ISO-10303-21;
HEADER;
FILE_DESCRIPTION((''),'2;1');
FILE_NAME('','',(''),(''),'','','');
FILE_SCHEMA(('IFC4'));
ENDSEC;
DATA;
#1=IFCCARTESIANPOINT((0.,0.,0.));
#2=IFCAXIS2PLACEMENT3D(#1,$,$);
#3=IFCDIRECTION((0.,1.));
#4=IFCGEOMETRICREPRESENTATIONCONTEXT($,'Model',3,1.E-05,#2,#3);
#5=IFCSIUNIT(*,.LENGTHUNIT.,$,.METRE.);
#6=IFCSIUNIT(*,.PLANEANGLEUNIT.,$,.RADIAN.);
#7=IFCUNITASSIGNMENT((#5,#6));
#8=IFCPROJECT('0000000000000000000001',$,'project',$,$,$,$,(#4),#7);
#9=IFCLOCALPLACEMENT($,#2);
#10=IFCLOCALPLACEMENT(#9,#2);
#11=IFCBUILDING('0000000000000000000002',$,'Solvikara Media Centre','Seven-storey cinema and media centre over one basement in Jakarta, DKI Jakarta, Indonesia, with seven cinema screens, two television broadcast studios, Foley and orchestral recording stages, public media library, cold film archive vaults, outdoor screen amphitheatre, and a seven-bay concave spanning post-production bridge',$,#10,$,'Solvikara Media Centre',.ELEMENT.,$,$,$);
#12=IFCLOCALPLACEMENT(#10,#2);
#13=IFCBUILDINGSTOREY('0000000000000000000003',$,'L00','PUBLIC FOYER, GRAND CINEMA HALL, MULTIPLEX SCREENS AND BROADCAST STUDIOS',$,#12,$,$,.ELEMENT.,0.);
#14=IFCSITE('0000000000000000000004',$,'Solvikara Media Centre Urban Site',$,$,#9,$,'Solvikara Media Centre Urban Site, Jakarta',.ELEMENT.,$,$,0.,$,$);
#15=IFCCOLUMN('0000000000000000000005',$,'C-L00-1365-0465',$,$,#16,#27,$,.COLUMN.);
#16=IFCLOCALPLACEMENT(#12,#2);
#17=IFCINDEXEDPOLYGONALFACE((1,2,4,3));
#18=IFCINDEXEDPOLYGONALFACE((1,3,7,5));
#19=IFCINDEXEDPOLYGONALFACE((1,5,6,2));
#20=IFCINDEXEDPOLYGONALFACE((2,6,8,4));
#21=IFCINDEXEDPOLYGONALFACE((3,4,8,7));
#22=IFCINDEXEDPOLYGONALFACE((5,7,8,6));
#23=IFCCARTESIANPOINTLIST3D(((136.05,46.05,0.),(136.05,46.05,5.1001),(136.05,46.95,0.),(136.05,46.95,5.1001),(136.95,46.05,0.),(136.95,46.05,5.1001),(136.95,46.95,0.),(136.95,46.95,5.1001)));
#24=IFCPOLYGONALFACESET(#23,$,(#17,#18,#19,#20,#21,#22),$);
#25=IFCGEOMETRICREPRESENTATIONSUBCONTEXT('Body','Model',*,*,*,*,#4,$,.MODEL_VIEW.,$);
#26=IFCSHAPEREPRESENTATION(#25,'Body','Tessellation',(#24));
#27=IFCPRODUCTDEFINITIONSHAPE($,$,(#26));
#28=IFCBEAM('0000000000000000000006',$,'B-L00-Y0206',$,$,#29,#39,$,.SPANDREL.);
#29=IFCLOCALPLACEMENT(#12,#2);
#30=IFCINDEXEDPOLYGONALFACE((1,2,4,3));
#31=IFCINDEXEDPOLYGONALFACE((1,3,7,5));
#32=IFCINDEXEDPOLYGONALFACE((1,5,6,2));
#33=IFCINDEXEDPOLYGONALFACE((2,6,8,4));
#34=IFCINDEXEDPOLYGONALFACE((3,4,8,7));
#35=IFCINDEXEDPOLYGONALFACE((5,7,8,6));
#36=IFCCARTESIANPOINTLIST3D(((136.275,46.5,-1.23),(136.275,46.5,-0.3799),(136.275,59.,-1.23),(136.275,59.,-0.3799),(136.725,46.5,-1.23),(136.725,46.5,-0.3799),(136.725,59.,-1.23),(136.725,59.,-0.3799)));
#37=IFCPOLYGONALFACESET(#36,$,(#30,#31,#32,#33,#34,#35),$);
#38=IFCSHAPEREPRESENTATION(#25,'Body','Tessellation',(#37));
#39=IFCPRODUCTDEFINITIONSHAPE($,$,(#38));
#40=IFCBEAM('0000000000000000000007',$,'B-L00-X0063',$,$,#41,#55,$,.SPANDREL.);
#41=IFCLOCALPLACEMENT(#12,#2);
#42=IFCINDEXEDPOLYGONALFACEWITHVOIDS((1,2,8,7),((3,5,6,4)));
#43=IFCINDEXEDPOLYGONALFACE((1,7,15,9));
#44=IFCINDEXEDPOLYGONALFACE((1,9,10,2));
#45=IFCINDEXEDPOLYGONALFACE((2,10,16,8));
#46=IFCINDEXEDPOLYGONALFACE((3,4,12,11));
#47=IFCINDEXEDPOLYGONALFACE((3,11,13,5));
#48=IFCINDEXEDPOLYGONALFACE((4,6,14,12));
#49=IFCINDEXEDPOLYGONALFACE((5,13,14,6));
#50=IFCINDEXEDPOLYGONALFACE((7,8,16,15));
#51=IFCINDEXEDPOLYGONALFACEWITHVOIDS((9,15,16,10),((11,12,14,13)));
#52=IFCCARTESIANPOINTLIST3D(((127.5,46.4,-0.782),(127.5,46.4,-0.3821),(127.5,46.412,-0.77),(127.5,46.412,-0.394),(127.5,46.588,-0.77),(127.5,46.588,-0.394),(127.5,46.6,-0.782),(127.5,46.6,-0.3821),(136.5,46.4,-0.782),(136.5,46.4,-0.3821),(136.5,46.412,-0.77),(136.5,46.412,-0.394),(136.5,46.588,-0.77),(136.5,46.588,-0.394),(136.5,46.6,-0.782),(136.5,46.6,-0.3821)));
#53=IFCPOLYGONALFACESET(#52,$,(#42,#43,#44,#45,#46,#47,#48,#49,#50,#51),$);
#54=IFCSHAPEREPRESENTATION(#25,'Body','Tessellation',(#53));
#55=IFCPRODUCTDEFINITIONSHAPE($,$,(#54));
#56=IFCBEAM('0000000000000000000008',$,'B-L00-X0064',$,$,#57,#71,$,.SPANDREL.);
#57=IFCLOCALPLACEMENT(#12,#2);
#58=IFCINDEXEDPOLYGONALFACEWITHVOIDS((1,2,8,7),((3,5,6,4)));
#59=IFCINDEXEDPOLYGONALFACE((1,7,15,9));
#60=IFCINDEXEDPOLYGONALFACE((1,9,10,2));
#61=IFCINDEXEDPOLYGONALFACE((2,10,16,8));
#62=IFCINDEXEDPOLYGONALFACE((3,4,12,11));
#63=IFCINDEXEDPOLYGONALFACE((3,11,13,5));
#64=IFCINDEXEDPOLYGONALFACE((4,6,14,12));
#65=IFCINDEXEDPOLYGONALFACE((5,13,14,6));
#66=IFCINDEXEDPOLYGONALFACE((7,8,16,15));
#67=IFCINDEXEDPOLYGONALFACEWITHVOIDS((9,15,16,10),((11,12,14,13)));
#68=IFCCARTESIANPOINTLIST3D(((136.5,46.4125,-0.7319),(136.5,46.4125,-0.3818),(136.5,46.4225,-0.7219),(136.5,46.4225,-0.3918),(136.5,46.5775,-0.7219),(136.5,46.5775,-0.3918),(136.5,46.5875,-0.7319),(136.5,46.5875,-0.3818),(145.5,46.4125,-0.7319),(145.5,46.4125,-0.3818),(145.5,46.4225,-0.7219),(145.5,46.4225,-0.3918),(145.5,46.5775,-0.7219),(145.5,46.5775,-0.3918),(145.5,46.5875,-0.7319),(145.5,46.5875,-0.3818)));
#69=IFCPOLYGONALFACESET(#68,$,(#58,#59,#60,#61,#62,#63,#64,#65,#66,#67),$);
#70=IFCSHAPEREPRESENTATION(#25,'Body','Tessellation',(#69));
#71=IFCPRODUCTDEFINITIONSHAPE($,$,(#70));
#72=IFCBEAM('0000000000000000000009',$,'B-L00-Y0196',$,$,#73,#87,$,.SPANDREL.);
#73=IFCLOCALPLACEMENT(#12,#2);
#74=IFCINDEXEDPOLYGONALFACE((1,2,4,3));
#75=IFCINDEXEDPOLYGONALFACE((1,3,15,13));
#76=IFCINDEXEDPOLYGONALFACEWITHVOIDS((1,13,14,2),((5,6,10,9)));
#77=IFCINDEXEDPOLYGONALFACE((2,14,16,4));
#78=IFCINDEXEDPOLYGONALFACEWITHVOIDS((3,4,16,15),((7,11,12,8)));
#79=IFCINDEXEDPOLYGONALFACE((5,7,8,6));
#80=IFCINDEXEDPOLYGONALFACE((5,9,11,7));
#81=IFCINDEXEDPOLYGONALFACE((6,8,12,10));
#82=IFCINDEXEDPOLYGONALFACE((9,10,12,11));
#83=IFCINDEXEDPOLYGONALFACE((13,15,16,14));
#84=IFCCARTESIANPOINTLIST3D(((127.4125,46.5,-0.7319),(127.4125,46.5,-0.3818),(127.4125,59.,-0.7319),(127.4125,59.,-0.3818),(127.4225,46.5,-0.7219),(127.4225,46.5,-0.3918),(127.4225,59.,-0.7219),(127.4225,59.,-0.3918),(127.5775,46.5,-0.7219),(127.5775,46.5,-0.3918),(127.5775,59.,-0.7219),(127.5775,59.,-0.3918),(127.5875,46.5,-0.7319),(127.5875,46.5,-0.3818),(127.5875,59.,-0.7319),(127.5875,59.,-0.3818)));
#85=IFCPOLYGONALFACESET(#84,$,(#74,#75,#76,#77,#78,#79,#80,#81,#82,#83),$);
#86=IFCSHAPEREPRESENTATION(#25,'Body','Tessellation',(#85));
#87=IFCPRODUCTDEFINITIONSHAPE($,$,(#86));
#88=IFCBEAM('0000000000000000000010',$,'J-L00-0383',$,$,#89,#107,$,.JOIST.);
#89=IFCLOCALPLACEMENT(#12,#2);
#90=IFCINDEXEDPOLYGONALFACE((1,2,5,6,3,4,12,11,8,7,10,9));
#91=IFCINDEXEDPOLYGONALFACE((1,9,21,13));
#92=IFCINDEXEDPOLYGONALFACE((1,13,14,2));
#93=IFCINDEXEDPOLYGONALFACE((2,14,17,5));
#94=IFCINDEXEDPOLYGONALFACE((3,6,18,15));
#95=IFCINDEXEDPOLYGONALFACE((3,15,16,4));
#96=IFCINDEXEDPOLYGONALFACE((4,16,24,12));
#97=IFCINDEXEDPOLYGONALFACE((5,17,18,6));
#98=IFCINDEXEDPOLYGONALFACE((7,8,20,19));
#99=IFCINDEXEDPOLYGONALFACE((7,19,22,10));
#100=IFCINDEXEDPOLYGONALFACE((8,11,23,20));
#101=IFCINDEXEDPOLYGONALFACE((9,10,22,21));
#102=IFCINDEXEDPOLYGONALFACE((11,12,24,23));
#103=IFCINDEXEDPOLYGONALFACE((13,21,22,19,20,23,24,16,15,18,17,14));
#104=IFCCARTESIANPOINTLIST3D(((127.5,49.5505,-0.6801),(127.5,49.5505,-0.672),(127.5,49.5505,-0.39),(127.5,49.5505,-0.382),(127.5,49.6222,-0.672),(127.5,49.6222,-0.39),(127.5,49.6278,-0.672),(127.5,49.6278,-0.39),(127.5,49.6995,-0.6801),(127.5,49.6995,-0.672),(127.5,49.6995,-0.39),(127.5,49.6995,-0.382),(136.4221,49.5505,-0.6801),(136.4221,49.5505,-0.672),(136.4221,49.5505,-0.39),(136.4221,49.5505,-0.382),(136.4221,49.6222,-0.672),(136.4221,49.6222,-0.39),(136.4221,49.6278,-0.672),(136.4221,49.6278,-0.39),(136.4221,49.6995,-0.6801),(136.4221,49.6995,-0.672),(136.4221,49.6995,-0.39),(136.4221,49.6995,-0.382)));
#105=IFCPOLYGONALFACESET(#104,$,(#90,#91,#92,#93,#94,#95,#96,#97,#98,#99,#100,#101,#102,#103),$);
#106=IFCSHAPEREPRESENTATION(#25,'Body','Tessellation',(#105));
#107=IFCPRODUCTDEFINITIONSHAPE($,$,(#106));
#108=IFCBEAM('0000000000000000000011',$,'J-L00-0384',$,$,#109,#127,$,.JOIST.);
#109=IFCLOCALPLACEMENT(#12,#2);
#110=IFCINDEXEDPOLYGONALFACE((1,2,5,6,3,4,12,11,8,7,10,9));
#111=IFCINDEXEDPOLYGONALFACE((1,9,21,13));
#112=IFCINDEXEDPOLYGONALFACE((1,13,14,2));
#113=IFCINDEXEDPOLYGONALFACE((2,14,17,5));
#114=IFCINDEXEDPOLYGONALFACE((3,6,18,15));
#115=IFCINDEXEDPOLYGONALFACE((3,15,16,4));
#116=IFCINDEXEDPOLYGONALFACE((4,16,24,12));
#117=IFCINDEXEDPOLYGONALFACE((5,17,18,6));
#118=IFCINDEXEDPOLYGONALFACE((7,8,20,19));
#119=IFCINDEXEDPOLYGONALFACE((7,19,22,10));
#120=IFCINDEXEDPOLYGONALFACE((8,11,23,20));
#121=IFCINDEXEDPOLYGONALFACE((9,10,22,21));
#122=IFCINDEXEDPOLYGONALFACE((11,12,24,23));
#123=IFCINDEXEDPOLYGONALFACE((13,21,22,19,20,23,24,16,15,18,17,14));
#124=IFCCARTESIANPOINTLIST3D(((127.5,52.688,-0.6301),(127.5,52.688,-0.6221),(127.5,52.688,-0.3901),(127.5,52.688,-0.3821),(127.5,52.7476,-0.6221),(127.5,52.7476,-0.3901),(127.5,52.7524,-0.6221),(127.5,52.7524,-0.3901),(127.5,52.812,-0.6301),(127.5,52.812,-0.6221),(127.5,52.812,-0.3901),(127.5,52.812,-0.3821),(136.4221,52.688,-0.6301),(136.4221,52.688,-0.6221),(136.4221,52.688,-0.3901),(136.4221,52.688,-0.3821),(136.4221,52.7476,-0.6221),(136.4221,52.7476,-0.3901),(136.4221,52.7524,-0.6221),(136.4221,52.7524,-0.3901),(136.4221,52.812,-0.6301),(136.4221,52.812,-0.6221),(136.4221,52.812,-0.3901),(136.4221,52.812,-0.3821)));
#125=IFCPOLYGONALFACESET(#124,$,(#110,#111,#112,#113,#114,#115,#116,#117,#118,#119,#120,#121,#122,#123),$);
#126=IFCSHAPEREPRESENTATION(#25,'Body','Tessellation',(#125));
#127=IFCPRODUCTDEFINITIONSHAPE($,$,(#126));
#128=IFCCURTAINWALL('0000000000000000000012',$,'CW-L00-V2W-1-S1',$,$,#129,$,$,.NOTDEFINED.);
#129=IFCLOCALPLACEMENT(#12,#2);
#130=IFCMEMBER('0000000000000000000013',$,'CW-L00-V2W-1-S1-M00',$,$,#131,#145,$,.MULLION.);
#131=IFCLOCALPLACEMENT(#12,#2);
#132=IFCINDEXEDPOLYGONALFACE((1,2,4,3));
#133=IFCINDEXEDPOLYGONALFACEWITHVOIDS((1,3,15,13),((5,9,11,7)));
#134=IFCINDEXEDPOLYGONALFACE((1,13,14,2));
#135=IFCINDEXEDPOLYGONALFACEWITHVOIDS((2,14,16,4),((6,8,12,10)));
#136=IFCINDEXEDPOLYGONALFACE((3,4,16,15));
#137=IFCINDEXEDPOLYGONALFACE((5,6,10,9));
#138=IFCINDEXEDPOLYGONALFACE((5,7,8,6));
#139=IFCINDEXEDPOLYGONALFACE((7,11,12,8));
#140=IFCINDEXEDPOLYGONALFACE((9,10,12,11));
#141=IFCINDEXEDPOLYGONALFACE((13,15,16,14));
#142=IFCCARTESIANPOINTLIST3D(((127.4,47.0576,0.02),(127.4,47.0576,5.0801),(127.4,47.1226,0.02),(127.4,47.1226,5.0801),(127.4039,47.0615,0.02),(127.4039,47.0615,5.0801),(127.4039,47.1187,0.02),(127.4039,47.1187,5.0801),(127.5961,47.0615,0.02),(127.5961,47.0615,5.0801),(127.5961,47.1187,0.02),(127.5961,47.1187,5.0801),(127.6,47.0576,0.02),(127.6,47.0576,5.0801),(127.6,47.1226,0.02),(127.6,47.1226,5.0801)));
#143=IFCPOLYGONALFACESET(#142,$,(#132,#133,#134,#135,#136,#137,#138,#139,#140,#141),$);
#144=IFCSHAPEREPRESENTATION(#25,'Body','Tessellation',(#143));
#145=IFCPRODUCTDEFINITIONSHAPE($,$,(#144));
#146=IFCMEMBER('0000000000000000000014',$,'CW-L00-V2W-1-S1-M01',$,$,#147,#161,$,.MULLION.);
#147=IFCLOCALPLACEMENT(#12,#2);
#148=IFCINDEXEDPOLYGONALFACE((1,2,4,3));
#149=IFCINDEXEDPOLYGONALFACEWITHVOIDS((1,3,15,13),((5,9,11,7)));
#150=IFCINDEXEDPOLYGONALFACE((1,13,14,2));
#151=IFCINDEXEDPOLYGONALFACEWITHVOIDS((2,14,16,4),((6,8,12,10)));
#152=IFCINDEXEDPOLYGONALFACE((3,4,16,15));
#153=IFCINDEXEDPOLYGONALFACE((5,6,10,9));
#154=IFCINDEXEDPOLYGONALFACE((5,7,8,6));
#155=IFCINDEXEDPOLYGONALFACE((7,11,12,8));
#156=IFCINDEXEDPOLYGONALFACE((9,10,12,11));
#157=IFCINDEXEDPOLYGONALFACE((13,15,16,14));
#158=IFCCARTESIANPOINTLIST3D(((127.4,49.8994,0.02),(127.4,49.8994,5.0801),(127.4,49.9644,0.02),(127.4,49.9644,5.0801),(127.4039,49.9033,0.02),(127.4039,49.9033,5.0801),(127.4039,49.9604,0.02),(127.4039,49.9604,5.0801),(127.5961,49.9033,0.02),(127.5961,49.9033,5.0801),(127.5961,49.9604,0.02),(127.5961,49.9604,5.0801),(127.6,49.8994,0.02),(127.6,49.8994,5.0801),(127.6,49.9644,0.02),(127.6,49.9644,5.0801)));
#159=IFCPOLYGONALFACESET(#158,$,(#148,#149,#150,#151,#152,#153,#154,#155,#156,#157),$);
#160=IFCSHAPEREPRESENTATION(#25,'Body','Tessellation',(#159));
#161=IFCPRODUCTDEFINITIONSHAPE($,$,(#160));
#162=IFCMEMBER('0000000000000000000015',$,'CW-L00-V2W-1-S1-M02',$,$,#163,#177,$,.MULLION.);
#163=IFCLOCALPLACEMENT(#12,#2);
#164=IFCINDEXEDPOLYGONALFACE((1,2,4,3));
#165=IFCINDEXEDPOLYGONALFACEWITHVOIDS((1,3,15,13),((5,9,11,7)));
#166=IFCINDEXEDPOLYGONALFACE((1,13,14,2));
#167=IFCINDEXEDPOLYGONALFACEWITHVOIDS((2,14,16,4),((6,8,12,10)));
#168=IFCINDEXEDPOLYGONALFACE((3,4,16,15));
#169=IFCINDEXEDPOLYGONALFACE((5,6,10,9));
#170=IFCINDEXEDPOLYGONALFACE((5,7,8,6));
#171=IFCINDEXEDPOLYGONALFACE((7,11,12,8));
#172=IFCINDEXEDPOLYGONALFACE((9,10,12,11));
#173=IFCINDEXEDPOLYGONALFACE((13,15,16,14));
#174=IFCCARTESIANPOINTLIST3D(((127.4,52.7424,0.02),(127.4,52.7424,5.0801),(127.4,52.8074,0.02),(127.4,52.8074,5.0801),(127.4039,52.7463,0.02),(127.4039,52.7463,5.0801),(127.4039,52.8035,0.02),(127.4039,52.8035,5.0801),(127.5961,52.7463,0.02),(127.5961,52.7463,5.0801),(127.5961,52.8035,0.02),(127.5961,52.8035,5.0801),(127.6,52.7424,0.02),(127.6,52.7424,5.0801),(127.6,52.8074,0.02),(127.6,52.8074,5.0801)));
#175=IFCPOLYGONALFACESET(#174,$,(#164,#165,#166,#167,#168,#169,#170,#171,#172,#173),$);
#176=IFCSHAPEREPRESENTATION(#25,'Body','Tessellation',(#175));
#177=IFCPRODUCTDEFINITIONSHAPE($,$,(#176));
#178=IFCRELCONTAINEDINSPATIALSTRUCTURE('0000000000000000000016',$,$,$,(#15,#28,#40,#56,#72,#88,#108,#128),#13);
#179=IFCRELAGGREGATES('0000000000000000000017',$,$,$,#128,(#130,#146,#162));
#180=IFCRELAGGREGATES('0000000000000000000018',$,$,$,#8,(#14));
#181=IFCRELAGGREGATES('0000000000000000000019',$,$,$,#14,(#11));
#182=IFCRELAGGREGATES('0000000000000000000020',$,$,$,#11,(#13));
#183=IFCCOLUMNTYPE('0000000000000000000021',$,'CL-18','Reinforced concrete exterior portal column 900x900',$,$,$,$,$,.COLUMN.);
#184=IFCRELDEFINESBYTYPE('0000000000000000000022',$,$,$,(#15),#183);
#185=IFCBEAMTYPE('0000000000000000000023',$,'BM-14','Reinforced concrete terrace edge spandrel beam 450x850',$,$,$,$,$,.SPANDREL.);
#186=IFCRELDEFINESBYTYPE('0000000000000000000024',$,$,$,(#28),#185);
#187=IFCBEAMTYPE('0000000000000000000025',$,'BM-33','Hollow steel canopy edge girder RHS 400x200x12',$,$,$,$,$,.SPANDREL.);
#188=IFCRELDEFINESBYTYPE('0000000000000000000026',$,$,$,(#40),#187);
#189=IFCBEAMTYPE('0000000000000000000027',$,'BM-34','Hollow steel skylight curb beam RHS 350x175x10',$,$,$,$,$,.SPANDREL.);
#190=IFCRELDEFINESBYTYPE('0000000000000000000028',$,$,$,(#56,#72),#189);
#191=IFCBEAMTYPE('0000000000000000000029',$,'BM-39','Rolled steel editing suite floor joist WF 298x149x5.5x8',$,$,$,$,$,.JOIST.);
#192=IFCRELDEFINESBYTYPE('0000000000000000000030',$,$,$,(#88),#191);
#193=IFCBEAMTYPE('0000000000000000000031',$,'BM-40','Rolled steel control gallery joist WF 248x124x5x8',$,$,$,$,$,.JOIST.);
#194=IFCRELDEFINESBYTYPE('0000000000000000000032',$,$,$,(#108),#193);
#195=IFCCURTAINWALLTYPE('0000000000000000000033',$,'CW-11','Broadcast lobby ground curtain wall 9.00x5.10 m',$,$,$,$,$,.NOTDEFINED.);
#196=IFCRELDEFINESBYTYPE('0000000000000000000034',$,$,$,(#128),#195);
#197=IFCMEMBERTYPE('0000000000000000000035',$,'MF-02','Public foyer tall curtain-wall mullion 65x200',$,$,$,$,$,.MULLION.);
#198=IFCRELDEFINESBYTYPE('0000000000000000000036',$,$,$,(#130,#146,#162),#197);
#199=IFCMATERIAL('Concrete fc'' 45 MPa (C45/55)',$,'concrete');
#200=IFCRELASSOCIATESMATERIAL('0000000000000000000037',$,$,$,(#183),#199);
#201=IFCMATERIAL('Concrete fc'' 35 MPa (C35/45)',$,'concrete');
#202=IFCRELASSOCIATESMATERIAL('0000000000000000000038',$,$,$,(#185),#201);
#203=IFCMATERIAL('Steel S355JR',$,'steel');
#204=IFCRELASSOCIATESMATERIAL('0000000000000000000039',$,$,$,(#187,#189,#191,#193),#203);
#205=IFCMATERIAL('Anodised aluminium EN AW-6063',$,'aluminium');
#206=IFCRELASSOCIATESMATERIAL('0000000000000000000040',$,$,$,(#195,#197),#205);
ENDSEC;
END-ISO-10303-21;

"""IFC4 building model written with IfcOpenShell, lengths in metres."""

from ifc_helpers import new_model, si_unit, direction, frame, origin, origin_2d, place, context, subcontext, project, spatial, rectangle, hollow_rectangle, i_section, extrude, material, material_profile, profile_set, type_object, element, aggregate, save


model = new_model("IFC4")

# Units and contexts
model_context = context("Model", 3, precision=1e-05, world=origin(), true_north=direction((0.0, 1.0)))
body_context = subcontext(model_context, "Body", "Model", "MODEL_VIEW")
ifc_project = project(units=[si_unit("LENGTHUNIT", "METRE"), si_unit("PLANEANGLEUNIT", "RADIAN")], contexts=[model_context])

# Site, building, storey
site_placement = place(None, origin())
site = spatial("IfcSite", under=ifc_project, at=site_placement, Name="Solvikara Media Centre Urban Site", LongName="Solvikara Media Centre Urban Site, Jakarta", CompositionType="ELEMENT", RefElevation=0.0)
building_placement = place(site_placement, origin())
building = spatial("IfcBuilding", under=site, at=building_placement, Name="Solvikara Media Centre", Description="Seven-storey cinema and media centre over one basement in Jakarta, DKI Jakarta, Indonesia, with seven cinema screens, two television broadcast studios, Foley and orchestral recording stages, public media library, cold film archive vaults, outdoor screen amphitheatre, and a seven-bay concave spanning post-production bridge", LongName="Solvikara Media Centre", CompositionType="ELEMENT")
storey_placement = place(building_placement, origin())
storey = spatial("IfcBuildingStorey", under=building, at=storey_placement, Name="L00", Description="PUBLIC FOYER, GRAND CINEMA HALL, MULTIPLEX SCREENS AND BROADCAST STUDIOS", CompositionType="ELEMENT", Elevation=0.0)

# Column
ifc_material_1 = material(Name="Concrete fc' 45 MPa (C45/55)", Category="concrete")
ifc_material_profile_1 = material_profile(ifc_material_1, rectangle(XDim=0.8999, YDim=0.8999, at=origin_2d()), Name="RC 900x900")
ifc_profile_set_1 = profile_set([ifc_material_profile_1], Name="Concrete fc' 45 MPa (C45/55)")
column_type = type_object("IfcColumnType", Name="CL-18", Description="Reinforced concrete exterior portal column 900x900", PredefinedType="COLUMN", material=ifc_profile_set_1)
column_placement = place(storey_placement, frame((136.5, 46.5, 0.0), z_axis=(0.0, 0.0, 1.0), x_axis=(1.0, 0.0, 0.0)))
element("IfcColumn", 1, at=column_placement, inside=storey, type_object=column_type, Name="C-L00-1365-0465", PredefinedType="COLUMN", context=body_context, shape_type="SweptSolid", body=[
    extrude(rectangle(XDim=0.8999, YDim=0.8999, at=origin_2d()), origin(), (0.0, 0.0, 1.0), 5.1001),
])

# Beams
ifc_material_2 = material(Name="Concrete fc' 35 MPa (C35/45)", Category="concrete")
ifc_material_profile_2 = material_profile(ifc_material_2, rectangle(XDim=0.45, YDim=0.8501, at=origin_2d()), Name="RC 450x850")
ifc_profile_set_2 = profile_set([ifc_material_profile_2], Name="Concrete fc' 35 MPa (C35/45)")
beam_type_1 = type_object("IfcBeamType", Name="BM-14", Description="Reinforced concrete terrace edge spandrel beam 450x850", PredefinedType="SPANDREL", material=ifc_profile_set_2)
beam_1_placement = place(storey_placement, frame((136.5, 46.5, -0.8049), z_axis=(0.0, 1.0, 0.0), x_axis=(-1.0, 0.0, 0.0)))
element("IfcBeam", 2, at=beam_1_placement, inside=storey, type_object=beam_type_1, Name="B-L00-Y0206", PredefinedType="SPANDREL", context=body_context, shape_type="SweptSolid", body=[
    extrude(rectangle(XDim=0.45, YDim=0.8501, at=origin_2d()), origin(), (0.0, 0.0, 1.0), 12.5),
])
ifc_material_3 = material(Name="Steel S355JR", Category="steel")
ifc_material_profile_3 = material_profile(ifc_material_3, hollow_rectangle(XDim=0.2, YDim=0.3999, WallThickness=0.012, at=origin_2d()), Name="RHS 400x200x12")
ifc_profile_set_3 = profile_set([ifc_material_profile_3], Name="Steel S355JR")
beam_type_2 = type_object("IfcBeamType", Name="BM-33", Description="Hollow steel canopy edge girder RHS 400x200x12", PredefinedType="SPANDREL", material=ifc_profile_set_3)
beam_2_placement = place(storey_placement, frame((127.5, 46.5, -0.582), z_axis=(1.0, 0.0, 0.0), x_axis=(0.0, 1.0, 0.0)))
element("IfcBeam", 3, at=beam_2_placement, inside=storey, type_object=beam_type_2, Name="B-L00-X0063", PredefinedType="SPANDREL", context=body_context, shape_type="SweptSolid", body=[
    extrude(hollow_rectangle(XDim=0.2, YDim=0.3999, WallThickness=0.012, at=origin_2d()), origin(), (0.0, 0.0, 1.0), 9.0),
])
ifc_material_profile_4 = material_profile(ifc_material_3, hollow_rectangle(XDim=0.175, YDim=0.3501, WallThickness=0.01, at=origin_2d()), Name="RHS 350x175x10")
ifc_profile_set_4 = profile_set([ifc_material_profile_4], Name="Steel S355JR")
beam_type_3 = type_object("IfcBeamType", Name="BM-34", Description="Hollow steel skylight curb beam RHS 350x175x10", PredefinedType="SPANDREL", material=ifc_profile_set_4)
beam_3_placement = place(storey_placement, frame((136.5, 46.5, -0.5569), z_axis=(1.0, 0.0, 0.0), x_axis=(0.0, 1.0, 0.0)))
element("IfcBeam", 4, at=beam_3_placement, inside=storey, type_object=beam_type_3, Name="B-L00-X0064", PredefinedType="SPANDREL", context=body_context, shape_type="SweptSolid", body=[
    extrude(hollow_rectangle(XDim=0.175, YDim=0.3501, WallThickness=0.01, at=origin_2d()), origin(), (0.0, 0.0, 1.0), 9.0),
])
beam_4_placement = place(storey_placement, frame((127.5, 46.5, -0.5569), z_axis=(0.0, 1.0, 0.0), x_axis=(-1.0, 0.0, 0.0)))
element("IfcBeam", 5, at=beam_4_placement, inside=storey, type_object=beam_type_3, Name="B-L00-Y0196", PredefinedType="SPANDREL", context=body_context, shape_type="SweptSolid", body=[
    extrude(hollow_rectangle(XDim=0.175, YDim=0.3501, WallThickness=0.01, at=origin_2d()), origin(), (0.0, 0.0, 1.0), 12.5),
])
ifc_material_profile_5 = material_profile(ifc_material_3, i_section(OverallWidth=0.1489, OverallDepth=0.2981, WebThickness=0.0056, FlangeThickness=0.0081, at=origin_2d()), Name="WF 298x149x5.5x8")
ifc_profile_set_5 = profile_set([ifc_material_profile_5], Name="Steel S355JR")
beam_type_4 = type_object("IfcBeamType", Name="BM-39", Description="Rolled steel editing suite floor joist WF 298x149x5.5x8", PredefinedType="JOIST", material=ifc_profile_set_5)
beam_5_placement = place(storey_placement, frame((127.5, 49.625, -0.531), z_axis=(1.0, 0.0, 0.0), x_axis=(0.0, 1.0, 0.0)))
element("IfcBeam", 6, at=beam_5_placement, inside=storey, type_object=beam_type_4, Name="J-L00-0383", PredefinedType="JOIST", context=body_context, shape_type="SweptSolid", body=[
    extrude(i_section(OverallWidth=0.1489, OverallDepth=0.2981, WebThickness=0.0056, FlangeThickness=0.0081, at=origin_2d()), origin(), (0.0, 0.0, 1.0), 8.9221),
])
ifc_material_profile_6 = material_profile(ifc_material_3, i_section(OverallWidth=0.124, OverallDepth=0.248, WebThickness=0.0049, FlangeThickness=0.0081, at=origin_2d()), Name="WF 248x124x5x8")
ifc_profile_set_6 = profile_set([ifc_material_profile_6], Name="Steel S355JR")
beam_type_5 = type_object("IfcBeamType", Name="BM-40", Description="Rolled steel control gallery joist WF 248x124x5x8", PredefinedType="JOIST", material=ifc_profile_set_6)
beam_6_placement = place(storey_placement, frame((127.5, 52.75, -0.5061), z_axis=(1.0, 0.0, 0.0), x_axis=(0.0, 1.0, 0.0)))
element("IfcBeam", 7, at=beam_6_placement, inside=storey, type_object=beam_type_5, Name="J-L00-0384", PredefinedType="JOIST", context=body_context, shape_type="SweptSolid", body=[
    extrude(i_section(OverallWidth=0.124, OverallDepth=0.248, WebThickness=0.0049, FlangeThickness=0.0081, at=origin_2d()), origin(), (0.0, 0.0, 1.0), 8.9221),
])

# Curtain wall, members
ifc_material_4 = material(Name="Anodised aluminium EN AW-6063", Category="aluminium")
curtain_wall_type = type_object("IfcCurtainWallType", Name="CW-11", Description="Broadcast lobby ground curtain wall 9.00x5.10 m", PredefinedType="NOTDEFINED", material=ifc_material_4)
curtain_wall_placement = place(storey_placement, origin())
curtain_wall = element("IfcCurtainWall", 8, at=curtain_wall_placement, inside=storey, type_object=curtain_wall_type, Name="CW-L00-V2W-1-S1", PredefinedType="NOTDEFINED")
ifc_material_profile_7 = material_profile(ifc_material_4, hollow_rectangle(XDim=0.0649, YDim=0.2, WallThickness=0.0039, at=origin_2d()), Name="ALU-M 65x200x4")
ifc_profile_set_7 = profile_set([ifc_material_profile_7], Name="Anodised aluminium EN AW-6063")
member_type_1 = type_object("IfcMemberType", Name="MF-02", Description="Public foyer tall curtain-wall mullion 65x200", PredefinedType="MULLION", material=ifc_profile_set_7)
member_1_placement = place(storey_placement, frame((127.5, 47.0901, 0.02), z_axis=(0.0, 0.0, 1.0), x_axis=(0.0, 1.0, 0.0)))
member_1 = element("IfcMember", 9, at=member_1_placement, type_object=member_type_1, Name="CW-L00-V2W-1-S1-M00", PredefinedType="MULLION", context=body_context, shape_type="SweptSolid", body=[
    extrude(hollow_rectangle(XDim=0.0649, YDim=0.2, WallThickness=0.0039, at=origin_2d()), origin(), (0.0, 0.0, 1.0), 5.0601),
])
member_2_placement = place(storey_placement, frame((127.5, 49.9319, 0.02), z_axis=(0.0, 0.0, 1.0), x_axis=(0.0, 1.0, 0.0)))
member_2 = element("IfcMember", 10, at=member_2_placement, type_object=member_type_1, Name="CW-L00-V2W-1-S1-M01", PredefinedType="MULLION", context=body_context, shape_type="SweptSolid", body=[
    extrude(hollow_rectangle(XDim=0.0649, YDim=0.2, WallThickness=0.0039, at=origin_2d()), origin(), (0.0, 0.0, 1.0), 5.0601),
])
member_3_placement = place(storey_placement, frame((127.5, 52.7749, 0.02), z_axis=(0.0, 0.0, 1.0), x_axis=(0.0, 1.0, 0.0)))
member_3 = element("IfcMember", 11, at=member_3_placement, type_object=member_type_1, Name="CW-L00-V2W-1-S1-M02", PredefinedType="MULLION", context=body_context, shape_type="SweptSolid", body=[
    extrude(hollow_rectangle(XDim=0.0649, YDim=0.2, WallThickness=0.0039, at=origin_2d()), origin(), (0.0, 0.0, 1.0), 5.0601),
])
aggregate(curtain_wall, [member_1, member_2, member_3])

save(model, "model.ifc")
